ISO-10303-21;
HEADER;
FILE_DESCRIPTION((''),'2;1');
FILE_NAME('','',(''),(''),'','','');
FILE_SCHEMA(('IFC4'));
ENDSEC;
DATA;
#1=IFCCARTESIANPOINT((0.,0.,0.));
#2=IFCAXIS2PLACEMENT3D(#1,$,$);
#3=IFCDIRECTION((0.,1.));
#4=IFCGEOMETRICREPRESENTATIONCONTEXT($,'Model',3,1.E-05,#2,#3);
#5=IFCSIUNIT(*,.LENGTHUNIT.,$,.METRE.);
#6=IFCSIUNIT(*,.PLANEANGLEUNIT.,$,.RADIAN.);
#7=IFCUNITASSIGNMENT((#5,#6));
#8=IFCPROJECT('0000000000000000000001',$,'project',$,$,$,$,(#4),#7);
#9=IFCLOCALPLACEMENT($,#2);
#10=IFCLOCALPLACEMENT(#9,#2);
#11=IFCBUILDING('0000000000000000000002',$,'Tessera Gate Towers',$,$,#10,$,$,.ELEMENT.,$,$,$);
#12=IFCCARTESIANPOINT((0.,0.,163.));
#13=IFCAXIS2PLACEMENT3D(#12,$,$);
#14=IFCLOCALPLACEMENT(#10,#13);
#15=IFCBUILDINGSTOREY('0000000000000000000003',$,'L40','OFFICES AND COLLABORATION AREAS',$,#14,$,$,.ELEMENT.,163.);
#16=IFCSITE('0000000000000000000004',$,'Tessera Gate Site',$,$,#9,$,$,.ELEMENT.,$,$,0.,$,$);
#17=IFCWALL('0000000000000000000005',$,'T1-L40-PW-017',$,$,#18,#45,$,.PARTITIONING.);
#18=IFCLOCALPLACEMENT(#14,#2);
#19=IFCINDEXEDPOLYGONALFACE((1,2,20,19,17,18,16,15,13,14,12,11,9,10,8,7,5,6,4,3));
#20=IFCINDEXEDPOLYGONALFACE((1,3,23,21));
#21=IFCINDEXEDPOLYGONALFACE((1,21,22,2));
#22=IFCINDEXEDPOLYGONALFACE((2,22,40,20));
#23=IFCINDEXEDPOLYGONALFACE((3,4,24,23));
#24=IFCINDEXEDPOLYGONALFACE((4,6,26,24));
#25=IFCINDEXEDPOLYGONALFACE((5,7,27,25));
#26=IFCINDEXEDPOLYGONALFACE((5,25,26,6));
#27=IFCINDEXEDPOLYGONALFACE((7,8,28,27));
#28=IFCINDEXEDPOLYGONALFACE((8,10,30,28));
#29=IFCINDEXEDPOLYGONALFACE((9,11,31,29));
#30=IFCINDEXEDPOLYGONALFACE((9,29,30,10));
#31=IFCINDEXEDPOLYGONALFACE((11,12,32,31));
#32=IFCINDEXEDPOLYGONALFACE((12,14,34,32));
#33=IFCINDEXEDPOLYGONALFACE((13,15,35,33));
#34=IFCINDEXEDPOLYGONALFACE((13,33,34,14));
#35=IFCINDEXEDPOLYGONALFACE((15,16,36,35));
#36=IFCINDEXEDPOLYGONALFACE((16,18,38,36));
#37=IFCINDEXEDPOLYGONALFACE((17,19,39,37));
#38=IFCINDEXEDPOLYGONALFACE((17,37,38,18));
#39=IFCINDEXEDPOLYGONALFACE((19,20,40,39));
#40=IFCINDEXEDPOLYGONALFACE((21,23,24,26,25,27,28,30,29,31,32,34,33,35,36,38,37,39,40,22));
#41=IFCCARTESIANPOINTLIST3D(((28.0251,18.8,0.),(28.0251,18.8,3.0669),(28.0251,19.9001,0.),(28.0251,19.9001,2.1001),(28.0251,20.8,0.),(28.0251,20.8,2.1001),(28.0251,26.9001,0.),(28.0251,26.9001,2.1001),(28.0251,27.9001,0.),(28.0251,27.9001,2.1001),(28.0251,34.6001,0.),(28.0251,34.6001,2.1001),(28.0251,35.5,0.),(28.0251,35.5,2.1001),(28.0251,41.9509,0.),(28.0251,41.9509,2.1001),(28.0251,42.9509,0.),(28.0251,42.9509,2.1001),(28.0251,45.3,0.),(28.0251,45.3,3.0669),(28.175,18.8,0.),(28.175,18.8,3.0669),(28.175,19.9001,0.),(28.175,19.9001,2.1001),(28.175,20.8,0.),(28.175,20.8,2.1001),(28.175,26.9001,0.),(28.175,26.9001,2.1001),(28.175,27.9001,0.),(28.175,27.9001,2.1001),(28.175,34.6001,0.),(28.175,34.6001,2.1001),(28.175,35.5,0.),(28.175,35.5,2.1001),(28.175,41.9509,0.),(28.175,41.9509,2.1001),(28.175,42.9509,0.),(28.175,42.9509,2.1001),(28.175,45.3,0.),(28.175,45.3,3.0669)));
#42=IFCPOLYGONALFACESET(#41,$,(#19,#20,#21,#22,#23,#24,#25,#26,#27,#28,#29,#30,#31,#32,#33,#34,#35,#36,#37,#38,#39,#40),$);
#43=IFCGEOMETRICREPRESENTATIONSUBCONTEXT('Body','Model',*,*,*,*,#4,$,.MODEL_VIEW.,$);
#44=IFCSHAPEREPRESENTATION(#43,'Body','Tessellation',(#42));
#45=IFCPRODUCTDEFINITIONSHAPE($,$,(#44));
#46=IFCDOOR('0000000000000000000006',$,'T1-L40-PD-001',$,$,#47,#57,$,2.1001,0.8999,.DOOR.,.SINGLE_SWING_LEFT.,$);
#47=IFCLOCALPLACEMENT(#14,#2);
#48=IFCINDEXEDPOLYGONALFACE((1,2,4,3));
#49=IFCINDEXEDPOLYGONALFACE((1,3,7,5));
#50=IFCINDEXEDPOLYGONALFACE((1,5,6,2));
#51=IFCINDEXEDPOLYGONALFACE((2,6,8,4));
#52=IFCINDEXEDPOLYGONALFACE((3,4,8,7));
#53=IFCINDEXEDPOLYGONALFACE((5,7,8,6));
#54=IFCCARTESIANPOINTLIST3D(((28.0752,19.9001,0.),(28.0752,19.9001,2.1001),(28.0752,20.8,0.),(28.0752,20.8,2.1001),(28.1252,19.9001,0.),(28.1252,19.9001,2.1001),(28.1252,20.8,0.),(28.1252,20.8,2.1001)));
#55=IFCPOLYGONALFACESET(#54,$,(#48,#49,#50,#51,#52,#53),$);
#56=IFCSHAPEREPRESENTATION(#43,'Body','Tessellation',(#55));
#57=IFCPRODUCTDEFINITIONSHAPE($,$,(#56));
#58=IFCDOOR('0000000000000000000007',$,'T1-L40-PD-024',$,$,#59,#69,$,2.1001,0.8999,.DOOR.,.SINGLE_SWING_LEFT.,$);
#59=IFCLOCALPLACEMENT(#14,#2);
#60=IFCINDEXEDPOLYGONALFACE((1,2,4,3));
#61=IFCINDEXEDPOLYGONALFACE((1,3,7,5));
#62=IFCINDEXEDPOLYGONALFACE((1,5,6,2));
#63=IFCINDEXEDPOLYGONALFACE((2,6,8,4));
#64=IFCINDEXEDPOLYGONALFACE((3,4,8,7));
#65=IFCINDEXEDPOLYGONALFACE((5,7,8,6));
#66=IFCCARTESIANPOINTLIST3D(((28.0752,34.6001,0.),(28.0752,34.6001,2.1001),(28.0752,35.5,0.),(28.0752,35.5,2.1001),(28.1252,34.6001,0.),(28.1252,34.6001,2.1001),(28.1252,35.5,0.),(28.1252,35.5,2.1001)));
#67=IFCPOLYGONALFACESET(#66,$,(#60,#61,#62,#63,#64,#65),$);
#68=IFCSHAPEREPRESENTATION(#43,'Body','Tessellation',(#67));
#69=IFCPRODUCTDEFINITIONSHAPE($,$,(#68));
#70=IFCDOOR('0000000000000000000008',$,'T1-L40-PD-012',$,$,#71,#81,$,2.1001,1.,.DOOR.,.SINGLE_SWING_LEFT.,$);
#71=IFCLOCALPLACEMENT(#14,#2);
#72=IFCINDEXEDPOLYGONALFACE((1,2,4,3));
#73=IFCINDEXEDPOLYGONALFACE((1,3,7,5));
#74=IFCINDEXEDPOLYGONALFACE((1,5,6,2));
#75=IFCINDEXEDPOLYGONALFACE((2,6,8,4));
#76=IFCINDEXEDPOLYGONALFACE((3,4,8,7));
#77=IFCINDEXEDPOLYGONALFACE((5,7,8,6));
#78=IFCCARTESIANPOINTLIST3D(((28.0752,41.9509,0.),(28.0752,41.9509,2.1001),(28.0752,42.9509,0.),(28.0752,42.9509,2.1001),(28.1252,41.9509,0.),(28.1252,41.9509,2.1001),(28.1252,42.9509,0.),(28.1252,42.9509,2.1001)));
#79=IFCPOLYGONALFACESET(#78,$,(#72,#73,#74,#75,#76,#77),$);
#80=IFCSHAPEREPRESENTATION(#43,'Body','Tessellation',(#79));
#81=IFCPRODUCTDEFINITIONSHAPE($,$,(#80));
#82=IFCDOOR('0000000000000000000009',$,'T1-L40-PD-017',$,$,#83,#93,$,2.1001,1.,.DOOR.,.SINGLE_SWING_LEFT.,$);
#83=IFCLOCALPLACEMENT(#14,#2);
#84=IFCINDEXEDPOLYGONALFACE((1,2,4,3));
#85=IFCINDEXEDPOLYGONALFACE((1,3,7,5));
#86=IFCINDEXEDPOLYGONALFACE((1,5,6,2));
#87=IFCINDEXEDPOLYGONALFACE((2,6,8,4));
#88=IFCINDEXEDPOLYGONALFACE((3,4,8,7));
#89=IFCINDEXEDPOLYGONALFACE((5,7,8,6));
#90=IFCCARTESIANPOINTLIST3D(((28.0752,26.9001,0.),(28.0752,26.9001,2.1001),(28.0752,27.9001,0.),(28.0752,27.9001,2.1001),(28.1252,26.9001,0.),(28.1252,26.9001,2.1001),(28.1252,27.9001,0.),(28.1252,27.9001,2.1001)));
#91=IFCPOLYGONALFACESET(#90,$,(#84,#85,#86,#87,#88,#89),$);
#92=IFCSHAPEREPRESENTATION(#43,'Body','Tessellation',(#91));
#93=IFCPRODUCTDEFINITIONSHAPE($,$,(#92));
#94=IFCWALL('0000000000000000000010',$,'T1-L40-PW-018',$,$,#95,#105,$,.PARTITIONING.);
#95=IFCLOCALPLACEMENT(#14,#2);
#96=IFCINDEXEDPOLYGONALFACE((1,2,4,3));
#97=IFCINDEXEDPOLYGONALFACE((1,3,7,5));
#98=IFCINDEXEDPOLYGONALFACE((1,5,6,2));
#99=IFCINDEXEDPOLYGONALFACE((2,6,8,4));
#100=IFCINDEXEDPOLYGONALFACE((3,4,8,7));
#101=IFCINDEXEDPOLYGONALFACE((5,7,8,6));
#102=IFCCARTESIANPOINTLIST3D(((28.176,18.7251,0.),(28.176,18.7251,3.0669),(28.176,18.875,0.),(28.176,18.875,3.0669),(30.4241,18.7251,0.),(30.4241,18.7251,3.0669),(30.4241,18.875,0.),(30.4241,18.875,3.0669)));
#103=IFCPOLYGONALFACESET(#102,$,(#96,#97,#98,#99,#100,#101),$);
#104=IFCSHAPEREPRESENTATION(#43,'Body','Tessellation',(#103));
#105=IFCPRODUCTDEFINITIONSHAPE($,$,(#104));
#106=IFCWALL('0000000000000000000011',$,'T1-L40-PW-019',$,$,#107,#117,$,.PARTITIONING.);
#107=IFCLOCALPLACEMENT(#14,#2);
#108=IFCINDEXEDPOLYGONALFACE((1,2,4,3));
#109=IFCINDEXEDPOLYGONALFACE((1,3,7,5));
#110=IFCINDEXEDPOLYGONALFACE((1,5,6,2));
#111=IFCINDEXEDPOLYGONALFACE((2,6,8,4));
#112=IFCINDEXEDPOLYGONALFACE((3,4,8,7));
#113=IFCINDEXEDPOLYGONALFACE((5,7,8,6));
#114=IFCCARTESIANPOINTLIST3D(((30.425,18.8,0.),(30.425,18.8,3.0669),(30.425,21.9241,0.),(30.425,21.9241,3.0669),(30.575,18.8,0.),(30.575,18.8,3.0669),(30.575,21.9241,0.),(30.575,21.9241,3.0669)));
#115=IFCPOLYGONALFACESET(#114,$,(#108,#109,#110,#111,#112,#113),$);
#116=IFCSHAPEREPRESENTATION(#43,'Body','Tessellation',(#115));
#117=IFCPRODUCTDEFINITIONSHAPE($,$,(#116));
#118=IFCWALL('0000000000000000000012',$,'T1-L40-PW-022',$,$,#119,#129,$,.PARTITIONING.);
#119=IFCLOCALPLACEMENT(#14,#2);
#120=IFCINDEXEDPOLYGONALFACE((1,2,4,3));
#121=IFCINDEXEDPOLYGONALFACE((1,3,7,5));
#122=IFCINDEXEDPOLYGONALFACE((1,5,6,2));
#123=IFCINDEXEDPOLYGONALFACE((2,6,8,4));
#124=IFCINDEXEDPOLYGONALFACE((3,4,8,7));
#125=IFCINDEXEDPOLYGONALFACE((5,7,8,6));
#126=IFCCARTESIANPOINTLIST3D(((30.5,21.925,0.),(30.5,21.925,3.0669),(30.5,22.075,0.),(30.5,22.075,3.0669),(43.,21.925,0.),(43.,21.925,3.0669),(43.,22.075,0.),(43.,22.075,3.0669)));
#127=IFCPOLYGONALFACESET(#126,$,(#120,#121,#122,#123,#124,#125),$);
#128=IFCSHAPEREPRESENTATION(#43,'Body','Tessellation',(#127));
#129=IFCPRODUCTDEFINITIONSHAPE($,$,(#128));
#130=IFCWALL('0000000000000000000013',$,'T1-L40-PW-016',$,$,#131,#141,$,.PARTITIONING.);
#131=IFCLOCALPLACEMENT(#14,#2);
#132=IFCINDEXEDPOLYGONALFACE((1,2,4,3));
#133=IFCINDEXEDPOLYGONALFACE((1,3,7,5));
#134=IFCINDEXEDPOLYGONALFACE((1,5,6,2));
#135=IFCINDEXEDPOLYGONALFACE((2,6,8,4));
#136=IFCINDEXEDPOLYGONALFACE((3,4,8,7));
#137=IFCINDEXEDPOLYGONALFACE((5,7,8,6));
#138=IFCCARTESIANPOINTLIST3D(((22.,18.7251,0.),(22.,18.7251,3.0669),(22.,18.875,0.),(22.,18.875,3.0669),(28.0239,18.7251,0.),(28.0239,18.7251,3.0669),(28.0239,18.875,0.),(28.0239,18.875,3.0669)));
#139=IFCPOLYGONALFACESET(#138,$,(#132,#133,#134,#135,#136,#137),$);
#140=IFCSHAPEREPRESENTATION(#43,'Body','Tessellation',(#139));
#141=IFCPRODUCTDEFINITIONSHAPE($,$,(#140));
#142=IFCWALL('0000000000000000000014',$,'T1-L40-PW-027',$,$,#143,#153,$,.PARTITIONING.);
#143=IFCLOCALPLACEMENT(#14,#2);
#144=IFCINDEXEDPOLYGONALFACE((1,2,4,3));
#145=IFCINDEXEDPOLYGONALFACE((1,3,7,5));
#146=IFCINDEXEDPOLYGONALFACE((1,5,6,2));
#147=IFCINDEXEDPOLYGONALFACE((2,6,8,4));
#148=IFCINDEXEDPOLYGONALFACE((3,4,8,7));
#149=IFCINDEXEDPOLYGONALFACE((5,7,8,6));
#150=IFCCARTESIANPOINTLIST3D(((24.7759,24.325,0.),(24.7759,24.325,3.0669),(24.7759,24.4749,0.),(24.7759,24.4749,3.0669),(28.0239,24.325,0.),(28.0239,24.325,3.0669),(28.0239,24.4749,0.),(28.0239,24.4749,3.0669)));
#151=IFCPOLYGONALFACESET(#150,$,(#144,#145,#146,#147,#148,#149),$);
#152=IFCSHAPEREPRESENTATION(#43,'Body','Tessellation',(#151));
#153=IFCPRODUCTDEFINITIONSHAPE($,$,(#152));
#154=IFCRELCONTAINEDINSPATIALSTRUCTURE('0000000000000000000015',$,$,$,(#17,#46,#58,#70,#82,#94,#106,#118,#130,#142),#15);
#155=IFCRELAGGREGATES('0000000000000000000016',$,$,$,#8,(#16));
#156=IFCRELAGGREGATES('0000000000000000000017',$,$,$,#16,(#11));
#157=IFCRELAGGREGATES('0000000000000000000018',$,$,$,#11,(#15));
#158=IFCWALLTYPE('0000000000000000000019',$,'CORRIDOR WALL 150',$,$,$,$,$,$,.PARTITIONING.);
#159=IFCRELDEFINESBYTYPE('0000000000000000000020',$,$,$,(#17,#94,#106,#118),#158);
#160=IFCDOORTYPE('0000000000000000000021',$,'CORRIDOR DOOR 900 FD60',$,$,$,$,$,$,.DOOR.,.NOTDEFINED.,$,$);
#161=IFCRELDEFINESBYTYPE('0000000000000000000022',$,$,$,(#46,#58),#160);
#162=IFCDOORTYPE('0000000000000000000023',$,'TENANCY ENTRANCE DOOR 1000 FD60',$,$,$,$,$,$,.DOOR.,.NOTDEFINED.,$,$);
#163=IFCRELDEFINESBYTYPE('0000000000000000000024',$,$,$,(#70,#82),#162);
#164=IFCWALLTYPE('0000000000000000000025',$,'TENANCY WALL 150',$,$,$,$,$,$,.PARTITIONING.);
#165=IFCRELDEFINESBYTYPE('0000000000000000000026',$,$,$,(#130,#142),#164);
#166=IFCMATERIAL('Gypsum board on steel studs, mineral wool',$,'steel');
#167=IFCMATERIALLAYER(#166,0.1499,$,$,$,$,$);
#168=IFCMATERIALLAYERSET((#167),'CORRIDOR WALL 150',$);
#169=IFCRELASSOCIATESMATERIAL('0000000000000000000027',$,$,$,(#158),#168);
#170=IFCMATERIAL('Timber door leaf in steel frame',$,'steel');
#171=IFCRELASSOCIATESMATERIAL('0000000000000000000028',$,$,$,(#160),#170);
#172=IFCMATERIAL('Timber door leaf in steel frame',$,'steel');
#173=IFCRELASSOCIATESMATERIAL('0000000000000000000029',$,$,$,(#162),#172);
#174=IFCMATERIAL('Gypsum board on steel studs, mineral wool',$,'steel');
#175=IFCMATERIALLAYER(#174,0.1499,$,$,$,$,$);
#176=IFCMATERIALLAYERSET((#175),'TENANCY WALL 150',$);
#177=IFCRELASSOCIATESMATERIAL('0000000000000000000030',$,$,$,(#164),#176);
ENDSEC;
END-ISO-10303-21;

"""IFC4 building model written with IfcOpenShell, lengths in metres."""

from ifc_helpers import new_model, si_unit, direction, frame, frame_2d, origin, place, context, subcontext, project, spatial, rectangle, extrude, source, transform, mapped, material, layer, layer_set, type_object, element, fill, save


model = new_model("IFC4")

# Units and contexts
model_context = context("Model", 3, precision=1e-05, world=origin(), true_north=direction((0.0, 1.0)))
body_context = subcontext(model_context, "Body", "Model", "MODEL_VIEW")
ifc_project = project(units=[si_unit("LENGTHUNIT", "METRE"), si_unit("PLANEANGLEUNIT", "RADIAN")], contexts=[model_context])

# Site, building, storey
site_placement = place(None, origin())
site = spatial("IfcSite", under=ifc_project, at=site_placement, Name="Tessera Gate Site", CompositionType="ELEMENT", RefElevation=0.0)
building_placement = place(site_placement, origin())
building = spatial("IfcBuilding", under=site, at=building_placement, Name="Tessera Gate Towers", CompositionType="ELEMENT")
storey_placement = place(building_placement, frame((0.0, 0.0, 163.0)))
storey = spatial("IfcBuildingStorey", under=building, at=storey_placement, Name="L40", Description="OFFICES AND COLLABORATION AREAS", CompositionType="ELEMENT", Elevation=163.0)

# Shared definitions
shared_shape_1 = source(origin(), body_context, "Body", "SweptSolid", [
    extrude(rectangle(XDim=0.8999, YDim=2.1001, at=frame_2d((0.45, 1.05))), frame((0.0, 0.0249, 0.0), z_axis=(0.0, -1.0, 0.0), x_axis=(1.0, 0.0, 0.0)), (0.0, 0.0, 1.0), 0.05),
])

# Wall, openings, doors
ifc_material_1 = material(Name="Gypsum board on steel studs, mineral wool", Category="steel")
ifc_layer_1 = layer(ifc_material_1, 0.1499)
ifc_layer_set_1 = layer_set([ifc_layer_1], Name="CORRIDOR WALL 150")
wall_type_1 = type_object("IfcWallType", Name="CORRIDOR WALL 150", PredefinedType="PARTITIONING", material=ifc_layer_set_1)
wall_1_placement = place(storey_placement, frame((28.1001, 18.8, 0.0), z_axis=(0.0, 0.0, 1.0), x_axis=(0.0, 1.0, 0.0)))
wall_1 = element("IfcWall", 1, at=wall_1_placement, inside=storey, type_object=wall_type_1, Name="T1-L40-PW-017", PredefinedType="PARTITIONING", context=body_context, shape_type="SweptSolid", body=[
    extrude(rectangle(XDim=26.5, YDim=0.1499, at=frame_2d((13.25, 0.0))), origin(), (0.0, 0.0, 1.0), 3.0669),
])
shared_shape_2 = source(origin(), body_context, "Body", "SweptSolid", [
    extrude(rectangle(XDim=0.8999, YDim=2.1001, at=frame_2d((0.45, 1.05))), frame((0.0, 0.085, 0.0), z_axis=(0.0, -1.0, 0.0), x_axis=(1.0, 0.0, 0.0)), (0.0, 0.0, 1.0), 0.1699),
])
opening_1_placement = place(wall_1_placement, frame((1.1001, 0.0, 0.0)))
opening_1 = element("IfcOpeningElement", 2, at=opening_1_placement, cuts=wall_1, PredefinedType="OPENING", context=body_context, shape_type="MappedRepresentation", body=[
    mapped(shared_shape_2, transform((0.0, 0.0, 0.0), scale=1.0)),
])
shared_shape_3 = source(origin(), body_context, "Body", "SweptSolid", [
    extrude(rectangle(XDim=1.0, YDim=2.1001, at=frame_2d((0.5, 1.05))), frame((0.0, 0.085, 0.0), z_axis=(0.0, -1.0, 0.0), x_axis=(1.0, 0.0, 0.0)), (0.0, 0.0, 1.0), 0.1699),
])
opening_2_placement = place(wall_1_placement, frame((23.1509, 0.0, 0.0)))
opening_2 = element("IfcOpeningElement", 3, at=opening_2_placement, cuts=wall_1, PredefinedType="OPENING", context=body_context, shape_type="MappedRepresentation", body=[
    mapped(shared_shape_3, transform((0.0, 0.0, 0.0), scale=1.0)),
])
opening_3_placement = place(wall_1_placement, frame((8.1001, 0.0, 0.0)))
opening_3 = element("IfcOpeningElement", 4, at=opening_3_placement, cuts=wall_1, PredefinedType="OPENING", context=body_context, shape_type="MappedRepresentation", body=[
    mapped(shared_shape_3, transform((0.0, 0.0, 0.0), scale=1.0)),
])
opening_4_placement = place(wall_1_placement, frame((15.8, 0.0, 0.0)))
opening_4 = element("IfcOpeningElement", 5, at=opening_4_placement, cuts=wall_1, PredefinedType="OPENING", context=body_context, shape_type="MappedRepresentation", body=[
    mapped(shared_shape_2, transform((0.0, 0.0, 0.0), scale=1.0)),
])
ifc_material_2 = material(Name="Timber door leaf in steel frame", Category="steel")
door_type_1 = type_object("IfcDoorType", Name="CORRIDOR DOOR 900 FD60", OperationType="NOTDEFINED", PredefinedType="DOOR", material=ifc_material_2)
door_1_placement = place(opening_1_placement, origin())
door_1 = element("IfcDoor", 6, at=door_1_placement, inside=storey, type_object=door_type_1, Name="T1-L40-PD-001", OperationType="SINGLE_SWING_LEFT", OverallHeight=2.1001, OverallWidth=0.8999, PredefinedType="DOOR", context=body_context, shape_type="MappedRepresentation", body=[
    mapped(shared_shape_1, transform((0.0, 0.0, 0.0), scale=1.0)),
])
fill(opening_1, door_1)
door_2_placement = place(opening_4_placement, origin())
door_2 = element("IfcDoor", 7, at=door_2_placement, inside=storey, type_object=door_type_1, Name="T1-L40-PD-024", OperationType="SINGLE_SWING_LEFT", OverallHeight=2.1001, OverallWidth=0.8999, PredefinedType="DOOR", context=body_context, shape_type="MappedRepresentation", body=[
    mapped(shared_shape_1, transform((0.0, 0.0, 0.0), scale=1.0)),
])
fill(opening_4, door_2)
ifc_material_3 = material(Name="Timber door leaf in steel frame", Category="steel")
door_type_2 = type_object("IfcDoorType", Name="TENANCY ENTRANCE DOOR 1000 FD60", OperationType="NOTDEFINED", PredefinedType="DOOR", material=ifc_material_3)
shared_shape_4 = source(origin(), body_context, "Body", "SweptSolid", [
    extrude(rectangle(XDim=1.0, YDim=2.1001, at=frame_2d((0.5, 1.05))), frame((0.0, 0.0249, 0.0), z_axis=(0.0, -1.0, 0.0), x_axis=(1.0, 0.0, 0.0)), (0.0, 0.0, 1.0), 0.05),
])
door_3_placement = place(opening_2_placement, origin())
door_3 = element("IfcDoor", 8, at=door_3_placement, inside=storey, type_object=door_type_2, Name="T1-L40-PD-012", OperationType="SINGLE_SWING_LEFT", OverallHeight=2.1001, OverallWidth=1.0, PredefinedType="DOOR", context=body_context, shape_type="MappedRepresentation", body=[
    mapped(shared_shape_4, transform((0.0, 0.0, 0.0), scale=1.0)),
])
fill(opening_2, door_3)
door_4_placement = place(opening_3_placement, origin())
door_4 = element("IfcDoor", 9, at=door_4_placement, inside=storey, type_object=door_type_2, Name="T1-L40-PD-017", OperationType="SINGLE_SWING_LEFT", OverallHeight=2.1001, OverallWidth=1.0, PredefinedType="DOOR", context=body_context, shape_type="MappedRepresentation", body=[
    mapped(shared_shape_4, transform((0.0, 0.0, 0.0), scale=1.0)),
])
fill(opening_3, door_4)

# Walls
wall_2_placement = place(storey_placement, frame((28.176, 18.8, 0.0), z_axis=(0.0, 0.0, 1.0), x_axis=(1.0, 0.0, 0.0)))
element("IfcWall", 10, at=wall_2_placement, inside=storey, type_object=wall_type_1, Name="T1-L40-PW-018", PredefinedType="PARTITIONING", context=body_context, shape_type="SweptSolid", body=[
    extrude(rectangle(XDim=2.248, YDim=0.1499, at=frame_2d((1.124, 0.0))), origin(), (0.0, 0.0, 1.0), 3.0669),
])
wall_3_placement = place(storey_placement, frame((30.5, 18.8, 0.0), z_axis=(0.0, 0.0, 1.0), x_axis=(0.0, 1.0, 0.0)))
element("IfcWall", 11, at=wall_3_placement, inside=storey, type_object=wall_type_1, Name="T1-L40-PW-019", PredefinedType="PARTITIONING", context=body_context, shape_type="SweptSolid", body=[
    extrude(rectangle(XDim=3.124, YDim=0.1499, at=frame_2d((1.562, 0.0))), origin(), (0.0, 0.0, 1.0), 3.0669),
])
wall_4_placement = place(storey_placement, frame((30.5, 22.0, 0.0), z_axis=(0.0, 0.0, 1.0), x_axis=(1.0, 0.0, 0.0)))
element("IfcWall", 12, at=wall_4_placement, inside=storey, type_object=wall_type_1, Name="T1-L40-PW-022", PredefinedType="PARTITIONING", context=body_context, shape_type="SweptSolid", body=[
    extrude(rectangle(XDim=12.5, YDim=0.1499, at=frame_2d((6.25, 0.0))), origin(), (0.0, 0.0, 1.0), 3.0669),
])
ifc_material_4 = material(Name="Gypsum board on steel studs, mineral wool", Category="steel")
ifc_layer_2 = layer(ifc_material_4, 0.1499)
ifc_layer_set_2 = layer_set([ifc_layer_2], Name="TENANCY WALL 150")
wall_type_2 = type_object("IfcWallType", Name="TENANCY WALL 150", PredefinedType="PARTITIONING", material=ifc_layer_set_2)
wall_5_placement = place(storey_placement, frame((22.0, 18.8, 0.0), z_axis=(0.0, 0.0, 1.0), x_axis=(1.0, 0.0, 0.0)))
element("IfcWall", 13, at=wall_5_placement, inside=storey, type_object=wall_type_2, Name="T1-L40-PW-016", PredefinedType="PARTITIONING", context=body_context, shape_type="SweptSolid", body=[
    extrude(rectangle(XDim=6.0239, YDim=0.1499, at=frame_2d((3.012, 0.0))), origin(), (0.0, 0.0, 1.0), 3.0669),
])
wall_6_placement = place(storey_placement, frame((24.7759, 24.3999, 0.0), z_axis=(0.0, 0.0, 1.0), x_axis=(1.0, 0.0, 0.0)))
element("IfcWall", 14, at=wall_6_placement, inside=storey, type_object=wall_type_2, Name="T1-L40-PW-027", PredefinedType="PARTITIONING", context=body_context, shape_type="SweptSolid", body=[
    extrude(rectangle(XDim=3.248, YDim=0.1499, at=frame_2d((1.624, 0.0))), origin(), (0.0, 0.0, 1.0), 3.0669),
])

save(model, "model.ifc")
